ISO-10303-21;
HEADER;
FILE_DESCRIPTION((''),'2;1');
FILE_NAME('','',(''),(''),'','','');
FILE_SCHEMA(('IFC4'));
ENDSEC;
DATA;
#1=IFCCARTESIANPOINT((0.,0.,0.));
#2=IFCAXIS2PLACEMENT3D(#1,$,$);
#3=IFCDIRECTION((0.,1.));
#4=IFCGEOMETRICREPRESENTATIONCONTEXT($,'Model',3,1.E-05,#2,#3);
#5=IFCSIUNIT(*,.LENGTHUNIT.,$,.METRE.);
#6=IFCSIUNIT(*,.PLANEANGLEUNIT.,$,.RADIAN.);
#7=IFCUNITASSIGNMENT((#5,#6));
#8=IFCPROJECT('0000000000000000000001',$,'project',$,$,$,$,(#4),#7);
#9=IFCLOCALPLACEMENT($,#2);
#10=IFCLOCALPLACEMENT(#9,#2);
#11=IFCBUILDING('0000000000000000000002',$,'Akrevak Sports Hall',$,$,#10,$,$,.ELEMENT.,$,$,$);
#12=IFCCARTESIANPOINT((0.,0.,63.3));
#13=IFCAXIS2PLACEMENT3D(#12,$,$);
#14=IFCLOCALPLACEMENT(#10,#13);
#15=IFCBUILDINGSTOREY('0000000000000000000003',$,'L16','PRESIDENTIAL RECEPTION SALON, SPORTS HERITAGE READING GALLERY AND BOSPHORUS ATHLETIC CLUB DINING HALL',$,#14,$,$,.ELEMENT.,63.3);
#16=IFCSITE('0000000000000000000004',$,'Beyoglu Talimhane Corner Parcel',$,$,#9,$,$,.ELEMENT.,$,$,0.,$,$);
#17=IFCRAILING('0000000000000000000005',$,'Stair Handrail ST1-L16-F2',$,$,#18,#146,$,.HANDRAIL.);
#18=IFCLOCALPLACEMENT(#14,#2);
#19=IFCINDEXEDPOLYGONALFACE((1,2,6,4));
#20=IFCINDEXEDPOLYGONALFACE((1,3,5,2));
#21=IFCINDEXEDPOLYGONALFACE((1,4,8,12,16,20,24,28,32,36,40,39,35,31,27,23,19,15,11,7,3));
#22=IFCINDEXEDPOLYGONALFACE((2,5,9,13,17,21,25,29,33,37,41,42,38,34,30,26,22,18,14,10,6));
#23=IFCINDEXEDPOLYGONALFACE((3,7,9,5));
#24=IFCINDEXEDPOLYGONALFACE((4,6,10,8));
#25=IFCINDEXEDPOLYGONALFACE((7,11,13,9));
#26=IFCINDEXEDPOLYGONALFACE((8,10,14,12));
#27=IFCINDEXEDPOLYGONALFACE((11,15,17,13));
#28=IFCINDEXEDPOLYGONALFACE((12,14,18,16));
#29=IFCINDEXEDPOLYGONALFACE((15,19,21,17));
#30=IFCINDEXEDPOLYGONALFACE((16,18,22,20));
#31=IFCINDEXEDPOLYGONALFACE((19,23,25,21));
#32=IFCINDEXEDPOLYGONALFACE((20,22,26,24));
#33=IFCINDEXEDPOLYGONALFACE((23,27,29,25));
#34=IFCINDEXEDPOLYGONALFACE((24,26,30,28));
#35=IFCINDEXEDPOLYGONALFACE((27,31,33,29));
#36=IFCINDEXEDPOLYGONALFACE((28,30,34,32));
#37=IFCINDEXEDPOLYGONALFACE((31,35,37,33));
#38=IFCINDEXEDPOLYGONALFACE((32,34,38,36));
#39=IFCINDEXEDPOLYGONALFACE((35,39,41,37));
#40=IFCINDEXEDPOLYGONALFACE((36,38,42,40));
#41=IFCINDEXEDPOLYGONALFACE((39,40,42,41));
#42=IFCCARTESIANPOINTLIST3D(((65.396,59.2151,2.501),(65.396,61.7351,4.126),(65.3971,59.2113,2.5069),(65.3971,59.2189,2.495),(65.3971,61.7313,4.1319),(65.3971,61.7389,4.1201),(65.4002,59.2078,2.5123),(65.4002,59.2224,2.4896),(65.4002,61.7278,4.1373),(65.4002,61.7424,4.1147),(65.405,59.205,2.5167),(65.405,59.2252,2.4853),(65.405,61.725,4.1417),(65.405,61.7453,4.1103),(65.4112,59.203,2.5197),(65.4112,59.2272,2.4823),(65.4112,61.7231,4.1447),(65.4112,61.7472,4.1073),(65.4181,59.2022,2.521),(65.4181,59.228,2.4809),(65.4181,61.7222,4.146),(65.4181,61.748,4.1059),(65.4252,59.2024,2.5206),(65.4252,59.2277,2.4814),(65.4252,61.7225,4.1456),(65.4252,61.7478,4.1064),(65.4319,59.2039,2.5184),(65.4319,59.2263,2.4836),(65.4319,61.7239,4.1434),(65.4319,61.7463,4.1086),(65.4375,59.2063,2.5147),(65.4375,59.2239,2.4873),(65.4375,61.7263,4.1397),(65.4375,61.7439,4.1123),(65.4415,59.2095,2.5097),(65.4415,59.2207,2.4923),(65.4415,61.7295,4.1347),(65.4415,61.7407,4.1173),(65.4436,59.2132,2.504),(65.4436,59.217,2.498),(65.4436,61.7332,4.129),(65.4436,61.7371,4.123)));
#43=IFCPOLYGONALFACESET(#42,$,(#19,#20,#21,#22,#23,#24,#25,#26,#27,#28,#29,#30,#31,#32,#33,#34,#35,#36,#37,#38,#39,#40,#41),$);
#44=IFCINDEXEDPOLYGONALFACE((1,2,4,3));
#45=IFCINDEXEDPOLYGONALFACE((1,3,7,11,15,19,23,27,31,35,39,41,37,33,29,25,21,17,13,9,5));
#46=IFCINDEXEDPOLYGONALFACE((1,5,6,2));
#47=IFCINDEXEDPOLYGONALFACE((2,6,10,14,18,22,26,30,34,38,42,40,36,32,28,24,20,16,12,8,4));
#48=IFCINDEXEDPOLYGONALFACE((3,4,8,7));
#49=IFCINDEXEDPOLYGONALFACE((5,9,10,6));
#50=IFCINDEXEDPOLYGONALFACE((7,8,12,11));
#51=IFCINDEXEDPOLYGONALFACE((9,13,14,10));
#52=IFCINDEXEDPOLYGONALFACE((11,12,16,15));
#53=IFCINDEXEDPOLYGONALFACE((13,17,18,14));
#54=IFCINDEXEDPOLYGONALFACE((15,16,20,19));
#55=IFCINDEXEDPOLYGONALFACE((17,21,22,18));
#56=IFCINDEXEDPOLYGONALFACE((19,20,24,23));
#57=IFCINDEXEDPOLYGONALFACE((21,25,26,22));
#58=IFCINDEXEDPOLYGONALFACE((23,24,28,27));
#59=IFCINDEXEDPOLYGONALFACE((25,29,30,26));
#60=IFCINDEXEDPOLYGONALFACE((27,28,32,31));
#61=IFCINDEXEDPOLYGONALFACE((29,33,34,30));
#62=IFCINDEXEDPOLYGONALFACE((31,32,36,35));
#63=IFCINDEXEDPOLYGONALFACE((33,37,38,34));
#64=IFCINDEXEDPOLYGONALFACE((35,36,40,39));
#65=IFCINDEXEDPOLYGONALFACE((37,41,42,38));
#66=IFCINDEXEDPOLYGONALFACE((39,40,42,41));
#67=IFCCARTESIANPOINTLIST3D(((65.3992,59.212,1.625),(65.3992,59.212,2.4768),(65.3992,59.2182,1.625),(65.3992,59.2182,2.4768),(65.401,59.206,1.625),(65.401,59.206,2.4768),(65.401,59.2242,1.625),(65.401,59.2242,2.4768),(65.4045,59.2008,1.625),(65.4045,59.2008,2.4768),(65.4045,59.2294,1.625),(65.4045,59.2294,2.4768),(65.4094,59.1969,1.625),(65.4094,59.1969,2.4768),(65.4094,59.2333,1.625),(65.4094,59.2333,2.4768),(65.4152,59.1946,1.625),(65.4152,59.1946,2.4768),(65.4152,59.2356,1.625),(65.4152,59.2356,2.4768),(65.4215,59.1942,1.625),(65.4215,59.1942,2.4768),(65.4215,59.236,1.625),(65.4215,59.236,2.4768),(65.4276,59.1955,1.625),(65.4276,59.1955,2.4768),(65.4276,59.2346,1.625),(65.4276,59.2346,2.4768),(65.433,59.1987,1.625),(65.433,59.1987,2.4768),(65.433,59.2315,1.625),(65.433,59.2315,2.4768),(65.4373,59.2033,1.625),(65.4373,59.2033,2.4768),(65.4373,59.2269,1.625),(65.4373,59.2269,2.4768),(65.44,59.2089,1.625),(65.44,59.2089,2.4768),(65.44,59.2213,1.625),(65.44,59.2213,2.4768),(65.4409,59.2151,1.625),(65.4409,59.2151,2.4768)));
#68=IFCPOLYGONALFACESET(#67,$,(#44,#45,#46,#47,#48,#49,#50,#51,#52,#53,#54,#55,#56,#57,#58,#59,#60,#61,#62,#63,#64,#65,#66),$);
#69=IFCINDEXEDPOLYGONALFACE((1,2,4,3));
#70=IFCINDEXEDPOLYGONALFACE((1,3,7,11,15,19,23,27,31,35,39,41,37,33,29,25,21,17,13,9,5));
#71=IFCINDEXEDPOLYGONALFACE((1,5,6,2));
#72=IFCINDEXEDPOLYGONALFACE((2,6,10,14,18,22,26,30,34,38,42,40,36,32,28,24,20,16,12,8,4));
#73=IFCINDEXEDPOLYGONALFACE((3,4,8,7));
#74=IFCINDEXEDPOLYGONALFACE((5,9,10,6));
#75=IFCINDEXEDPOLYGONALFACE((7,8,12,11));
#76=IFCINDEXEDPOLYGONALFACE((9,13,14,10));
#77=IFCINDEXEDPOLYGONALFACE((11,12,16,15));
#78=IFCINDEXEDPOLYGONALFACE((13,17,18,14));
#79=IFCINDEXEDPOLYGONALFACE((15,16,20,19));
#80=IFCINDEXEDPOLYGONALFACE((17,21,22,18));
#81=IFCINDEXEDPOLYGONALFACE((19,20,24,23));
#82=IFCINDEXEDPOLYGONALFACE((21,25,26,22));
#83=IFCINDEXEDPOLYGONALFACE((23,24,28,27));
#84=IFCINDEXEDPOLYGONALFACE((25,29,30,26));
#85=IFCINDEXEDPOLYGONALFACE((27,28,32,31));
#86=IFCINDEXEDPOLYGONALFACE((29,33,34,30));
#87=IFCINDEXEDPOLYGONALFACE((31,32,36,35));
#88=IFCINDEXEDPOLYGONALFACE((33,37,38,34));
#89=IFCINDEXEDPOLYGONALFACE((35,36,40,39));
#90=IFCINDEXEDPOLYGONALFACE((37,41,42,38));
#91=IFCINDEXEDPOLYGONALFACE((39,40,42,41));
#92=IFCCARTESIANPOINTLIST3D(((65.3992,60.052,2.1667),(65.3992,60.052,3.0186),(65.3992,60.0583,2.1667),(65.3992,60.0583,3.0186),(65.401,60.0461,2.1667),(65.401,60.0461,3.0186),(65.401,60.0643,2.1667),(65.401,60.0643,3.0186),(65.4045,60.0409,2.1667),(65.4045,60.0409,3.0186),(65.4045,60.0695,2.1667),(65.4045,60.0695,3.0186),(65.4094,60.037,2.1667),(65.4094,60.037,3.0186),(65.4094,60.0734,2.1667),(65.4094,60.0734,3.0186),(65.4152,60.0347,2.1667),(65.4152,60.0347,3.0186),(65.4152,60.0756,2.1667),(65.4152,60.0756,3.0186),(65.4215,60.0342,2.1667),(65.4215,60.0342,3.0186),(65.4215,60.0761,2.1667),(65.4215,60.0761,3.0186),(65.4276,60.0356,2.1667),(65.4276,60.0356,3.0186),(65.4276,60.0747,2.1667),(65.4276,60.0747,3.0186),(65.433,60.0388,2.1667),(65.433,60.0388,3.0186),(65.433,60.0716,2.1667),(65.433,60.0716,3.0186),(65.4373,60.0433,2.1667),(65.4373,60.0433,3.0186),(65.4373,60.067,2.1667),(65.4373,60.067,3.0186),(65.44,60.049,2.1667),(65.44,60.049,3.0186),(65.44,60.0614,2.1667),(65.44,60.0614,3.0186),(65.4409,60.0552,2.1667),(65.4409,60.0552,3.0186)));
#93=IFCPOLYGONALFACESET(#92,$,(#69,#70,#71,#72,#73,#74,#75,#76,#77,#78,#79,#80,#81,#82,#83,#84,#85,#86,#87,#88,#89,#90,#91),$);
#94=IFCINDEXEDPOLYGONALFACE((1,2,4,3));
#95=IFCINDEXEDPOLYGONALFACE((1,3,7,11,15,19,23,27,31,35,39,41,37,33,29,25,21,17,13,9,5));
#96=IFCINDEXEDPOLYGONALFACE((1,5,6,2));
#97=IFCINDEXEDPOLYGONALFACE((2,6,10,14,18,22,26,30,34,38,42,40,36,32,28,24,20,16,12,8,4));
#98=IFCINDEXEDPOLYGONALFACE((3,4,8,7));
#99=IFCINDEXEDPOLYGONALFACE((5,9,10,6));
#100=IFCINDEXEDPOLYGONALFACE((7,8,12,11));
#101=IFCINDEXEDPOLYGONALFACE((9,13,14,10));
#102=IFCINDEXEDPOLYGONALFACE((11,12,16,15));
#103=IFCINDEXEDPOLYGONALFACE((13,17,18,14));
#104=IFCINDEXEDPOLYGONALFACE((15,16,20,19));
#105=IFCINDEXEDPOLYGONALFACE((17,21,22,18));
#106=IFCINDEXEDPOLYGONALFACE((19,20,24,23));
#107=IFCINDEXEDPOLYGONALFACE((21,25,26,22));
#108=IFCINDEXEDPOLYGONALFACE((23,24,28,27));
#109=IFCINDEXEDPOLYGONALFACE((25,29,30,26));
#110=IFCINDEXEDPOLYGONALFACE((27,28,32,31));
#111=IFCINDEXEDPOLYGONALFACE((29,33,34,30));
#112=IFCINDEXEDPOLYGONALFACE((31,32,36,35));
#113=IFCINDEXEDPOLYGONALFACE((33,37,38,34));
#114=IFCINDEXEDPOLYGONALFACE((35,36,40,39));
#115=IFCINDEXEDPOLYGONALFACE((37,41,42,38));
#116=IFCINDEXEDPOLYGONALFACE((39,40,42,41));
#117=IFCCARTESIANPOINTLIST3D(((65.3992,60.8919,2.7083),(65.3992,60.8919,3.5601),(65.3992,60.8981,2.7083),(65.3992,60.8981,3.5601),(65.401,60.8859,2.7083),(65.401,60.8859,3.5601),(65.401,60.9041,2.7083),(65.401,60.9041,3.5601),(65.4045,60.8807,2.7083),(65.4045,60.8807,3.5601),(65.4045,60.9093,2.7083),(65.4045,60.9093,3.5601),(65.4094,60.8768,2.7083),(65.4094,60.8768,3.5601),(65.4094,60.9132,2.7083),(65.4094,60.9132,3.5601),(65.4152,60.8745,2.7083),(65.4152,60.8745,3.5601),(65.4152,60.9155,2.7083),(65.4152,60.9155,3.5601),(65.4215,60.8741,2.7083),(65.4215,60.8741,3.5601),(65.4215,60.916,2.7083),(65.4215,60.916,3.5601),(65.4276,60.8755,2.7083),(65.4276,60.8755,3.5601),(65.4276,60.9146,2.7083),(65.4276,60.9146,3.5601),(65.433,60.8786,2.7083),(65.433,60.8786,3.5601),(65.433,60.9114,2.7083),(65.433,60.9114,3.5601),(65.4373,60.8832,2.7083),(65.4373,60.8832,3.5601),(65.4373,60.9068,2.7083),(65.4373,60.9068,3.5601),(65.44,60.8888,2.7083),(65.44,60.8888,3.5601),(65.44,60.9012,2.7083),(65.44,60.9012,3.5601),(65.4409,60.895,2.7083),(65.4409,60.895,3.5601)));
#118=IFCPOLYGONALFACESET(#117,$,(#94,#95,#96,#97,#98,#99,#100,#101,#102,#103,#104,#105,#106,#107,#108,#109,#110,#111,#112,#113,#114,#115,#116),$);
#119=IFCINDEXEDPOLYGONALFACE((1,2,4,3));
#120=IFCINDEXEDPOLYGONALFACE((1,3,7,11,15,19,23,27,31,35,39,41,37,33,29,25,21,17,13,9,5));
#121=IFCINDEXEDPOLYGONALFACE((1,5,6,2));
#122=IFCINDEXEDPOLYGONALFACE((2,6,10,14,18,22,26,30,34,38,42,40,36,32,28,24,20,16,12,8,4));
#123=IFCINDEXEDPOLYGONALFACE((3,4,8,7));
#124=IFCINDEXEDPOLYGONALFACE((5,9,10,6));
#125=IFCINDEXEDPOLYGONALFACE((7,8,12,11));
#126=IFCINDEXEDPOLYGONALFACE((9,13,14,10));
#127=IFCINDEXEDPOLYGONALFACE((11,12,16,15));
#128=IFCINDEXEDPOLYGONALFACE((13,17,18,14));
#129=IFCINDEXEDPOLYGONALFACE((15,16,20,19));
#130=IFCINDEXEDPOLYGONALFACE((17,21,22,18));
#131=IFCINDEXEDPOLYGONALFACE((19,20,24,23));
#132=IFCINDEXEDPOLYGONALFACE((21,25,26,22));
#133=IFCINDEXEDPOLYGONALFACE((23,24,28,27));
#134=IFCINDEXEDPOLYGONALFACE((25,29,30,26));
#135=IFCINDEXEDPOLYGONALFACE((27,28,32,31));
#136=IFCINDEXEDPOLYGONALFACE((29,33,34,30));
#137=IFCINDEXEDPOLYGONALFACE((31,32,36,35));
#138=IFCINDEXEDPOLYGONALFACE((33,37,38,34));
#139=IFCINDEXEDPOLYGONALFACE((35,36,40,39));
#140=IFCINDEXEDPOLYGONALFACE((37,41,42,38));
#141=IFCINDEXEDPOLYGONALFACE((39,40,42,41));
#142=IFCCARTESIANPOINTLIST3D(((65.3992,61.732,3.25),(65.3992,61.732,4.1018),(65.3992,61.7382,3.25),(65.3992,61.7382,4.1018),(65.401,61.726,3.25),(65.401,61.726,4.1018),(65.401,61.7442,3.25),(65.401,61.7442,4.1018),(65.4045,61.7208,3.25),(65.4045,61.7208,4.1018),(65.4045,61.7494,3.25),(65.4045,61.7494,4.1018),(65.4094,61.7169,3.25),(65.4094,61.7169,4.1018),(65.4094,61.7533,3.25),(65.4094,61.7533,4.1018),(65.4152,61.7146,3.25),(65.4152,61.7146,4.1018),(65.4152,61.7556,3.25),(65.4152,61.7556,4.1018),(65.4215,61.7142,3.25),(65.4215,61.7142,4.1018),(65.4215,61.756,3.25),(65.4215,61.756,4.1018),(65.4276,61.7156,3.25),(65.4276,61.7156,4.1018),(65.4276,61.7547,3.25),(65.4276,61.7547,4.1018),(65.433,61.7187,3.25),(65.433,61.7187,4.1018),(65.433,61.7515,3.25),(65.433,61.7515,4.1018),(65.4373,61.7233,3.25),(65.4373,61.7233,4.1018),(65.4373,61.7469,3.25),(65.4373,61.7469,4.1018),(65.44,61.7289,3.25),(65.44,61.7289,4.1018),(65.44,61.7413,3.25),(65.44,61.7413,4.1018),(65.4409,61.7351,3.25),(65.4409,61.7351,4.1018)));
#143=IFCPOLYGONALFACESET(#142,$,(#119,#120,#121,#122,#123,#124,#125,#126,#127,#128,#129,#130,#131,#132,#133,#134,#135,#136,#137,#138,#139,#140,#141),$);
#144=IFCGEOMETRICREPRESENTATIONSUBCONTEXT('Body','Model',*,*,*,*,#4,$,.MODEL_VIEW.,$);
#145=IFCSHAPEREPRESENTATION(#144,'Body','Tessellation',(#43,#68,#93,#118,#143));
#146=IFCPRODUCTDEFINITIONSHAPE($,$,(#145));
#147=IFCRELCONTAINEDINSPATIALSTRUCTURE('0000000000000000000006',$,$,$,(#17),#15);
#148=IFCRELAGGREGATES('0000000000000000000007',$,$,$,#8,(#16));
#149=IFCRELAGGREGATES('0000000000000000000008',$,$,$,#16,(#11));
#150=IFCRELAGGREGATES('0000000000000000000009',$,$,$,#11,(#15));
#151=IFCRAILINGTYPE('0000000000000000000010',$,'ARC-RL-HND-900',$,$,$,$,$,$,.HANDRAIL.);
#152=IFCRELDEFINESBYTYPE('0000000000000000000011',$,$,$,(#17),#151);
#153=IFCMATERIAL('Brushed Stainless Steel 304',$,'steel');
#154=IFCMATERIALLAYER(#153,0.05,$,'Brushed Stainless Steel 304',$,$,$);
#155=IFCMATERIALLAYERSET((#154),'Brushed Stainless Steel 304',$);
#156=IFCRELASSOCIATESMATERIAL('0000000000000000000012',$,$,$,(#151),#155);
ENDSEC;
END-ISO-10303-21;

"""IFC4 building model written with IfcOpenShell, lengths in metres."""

from ifc_helpers import new_model, si_unit, direction, frame, origin, origin_2d, place, context, subcontext, project, spatial, circle, extrude, material, layer, layer_set, type_object, element, save


model = new_model("IFC4")

# Units and contexts
model_context = context("Model", 3, precision=1e-05, world=origin(), true_north=direction((0.0, 1.0)))
body_context = subcontext(model_context, "Body", "Model", "MODEL_VIEW")
ifc_project = project(units=[si_unit("LENGTHUNIT", "METRE"), si_unit("PLANEANGLEUNIT", "RADIAN")], contexts=[model_context])

# Site, building, storey
site_placement = place(None, origin())
site = spatial("IfcSite", under=ifc_project, at=site_placement, Name="Beyoglu Talimhane Corner Parcel", CompositionType="ELEMENT", RefElevation=0.0)
building_placement = place(site_placement, origin())
building = spatial("IfcBuilding", under=site, at=building_placement, Name="Akrevak Sports Hall", CompositionType="ELEMENT")
storey_placement = place(building_placement, frame((0.0, 0.0, 63.3)))
storey = spatial("IfcBuildingStorey", under=building, at=storey_placement, Name="L16", Description="PRESIDENTIAL RECEPTION SALON, SPORTS HERITAGE READING GALLERY AND BOSPHORUS ATHLETIC CLUB DINING HALL", CompositionType="ELEMENT", Elevation=63.3)

# Railing
ifc_material_1 = material(Name="Brushed Stainless Steel 304", Category="steel")
ifc_layer_1 = layer(ifc_material_1, 0.05, Name="Brushed Stainless Steel 304")
ifc_layer_set_1 = layer_set([ifc_layer_1], Name="Brushed Stainless Steel 304")
railing_type_1 = type_object("IfcRailingType", Name="ARC-RL-HND-900", PredefinedType="HANDRAIL", material=ifc_layer_set_1)
railing_1_placement = place(storey_placement, frame((65.4199, 59.2151, 1.625)))
element("IfcRailing", 1, at=railing_1_placement, inside=storey, type_object=railing_type_1, Name="Stair Handrail ST1-L16-F2", PredefinedType="HANDRAIL", context=body_context, shape_type="SweptSolid", body=[
    extrude(circle(Radius=0.0239, at=origin_2d()), frame((0.0, 0.0, 0.876), z_axis=(0.0, 0.840421, 0.541934), x_axis=(-1.0, 0.0, 0.0)), (0.0, 0.0, 1.0), 2.9985),
    extrude(circle(Radius=0.021, at=origin_2d()), origin(), (0.0, 0.0, 1.0), 0.8518),
    extrude(circle(Radius=0.021, at=origin_2d()), frame((0.0, 0.8401, 0.5417)), (0.0, 0.0, 1.0), 0.8518),
    extrude(circle(Radius=0.021, at=origin_2d()), frame((0.0, 1.6799, 1.0833)), (0.0, 0.0, 1.0), 0.8518),
    extrude(circle(Radius=0.021, at=origin_2d()), frame((0.0, 2.52, 1.625)), (0.0, 0.0, 1.0), 0.8518),
])

save(model, "model.ifc")
